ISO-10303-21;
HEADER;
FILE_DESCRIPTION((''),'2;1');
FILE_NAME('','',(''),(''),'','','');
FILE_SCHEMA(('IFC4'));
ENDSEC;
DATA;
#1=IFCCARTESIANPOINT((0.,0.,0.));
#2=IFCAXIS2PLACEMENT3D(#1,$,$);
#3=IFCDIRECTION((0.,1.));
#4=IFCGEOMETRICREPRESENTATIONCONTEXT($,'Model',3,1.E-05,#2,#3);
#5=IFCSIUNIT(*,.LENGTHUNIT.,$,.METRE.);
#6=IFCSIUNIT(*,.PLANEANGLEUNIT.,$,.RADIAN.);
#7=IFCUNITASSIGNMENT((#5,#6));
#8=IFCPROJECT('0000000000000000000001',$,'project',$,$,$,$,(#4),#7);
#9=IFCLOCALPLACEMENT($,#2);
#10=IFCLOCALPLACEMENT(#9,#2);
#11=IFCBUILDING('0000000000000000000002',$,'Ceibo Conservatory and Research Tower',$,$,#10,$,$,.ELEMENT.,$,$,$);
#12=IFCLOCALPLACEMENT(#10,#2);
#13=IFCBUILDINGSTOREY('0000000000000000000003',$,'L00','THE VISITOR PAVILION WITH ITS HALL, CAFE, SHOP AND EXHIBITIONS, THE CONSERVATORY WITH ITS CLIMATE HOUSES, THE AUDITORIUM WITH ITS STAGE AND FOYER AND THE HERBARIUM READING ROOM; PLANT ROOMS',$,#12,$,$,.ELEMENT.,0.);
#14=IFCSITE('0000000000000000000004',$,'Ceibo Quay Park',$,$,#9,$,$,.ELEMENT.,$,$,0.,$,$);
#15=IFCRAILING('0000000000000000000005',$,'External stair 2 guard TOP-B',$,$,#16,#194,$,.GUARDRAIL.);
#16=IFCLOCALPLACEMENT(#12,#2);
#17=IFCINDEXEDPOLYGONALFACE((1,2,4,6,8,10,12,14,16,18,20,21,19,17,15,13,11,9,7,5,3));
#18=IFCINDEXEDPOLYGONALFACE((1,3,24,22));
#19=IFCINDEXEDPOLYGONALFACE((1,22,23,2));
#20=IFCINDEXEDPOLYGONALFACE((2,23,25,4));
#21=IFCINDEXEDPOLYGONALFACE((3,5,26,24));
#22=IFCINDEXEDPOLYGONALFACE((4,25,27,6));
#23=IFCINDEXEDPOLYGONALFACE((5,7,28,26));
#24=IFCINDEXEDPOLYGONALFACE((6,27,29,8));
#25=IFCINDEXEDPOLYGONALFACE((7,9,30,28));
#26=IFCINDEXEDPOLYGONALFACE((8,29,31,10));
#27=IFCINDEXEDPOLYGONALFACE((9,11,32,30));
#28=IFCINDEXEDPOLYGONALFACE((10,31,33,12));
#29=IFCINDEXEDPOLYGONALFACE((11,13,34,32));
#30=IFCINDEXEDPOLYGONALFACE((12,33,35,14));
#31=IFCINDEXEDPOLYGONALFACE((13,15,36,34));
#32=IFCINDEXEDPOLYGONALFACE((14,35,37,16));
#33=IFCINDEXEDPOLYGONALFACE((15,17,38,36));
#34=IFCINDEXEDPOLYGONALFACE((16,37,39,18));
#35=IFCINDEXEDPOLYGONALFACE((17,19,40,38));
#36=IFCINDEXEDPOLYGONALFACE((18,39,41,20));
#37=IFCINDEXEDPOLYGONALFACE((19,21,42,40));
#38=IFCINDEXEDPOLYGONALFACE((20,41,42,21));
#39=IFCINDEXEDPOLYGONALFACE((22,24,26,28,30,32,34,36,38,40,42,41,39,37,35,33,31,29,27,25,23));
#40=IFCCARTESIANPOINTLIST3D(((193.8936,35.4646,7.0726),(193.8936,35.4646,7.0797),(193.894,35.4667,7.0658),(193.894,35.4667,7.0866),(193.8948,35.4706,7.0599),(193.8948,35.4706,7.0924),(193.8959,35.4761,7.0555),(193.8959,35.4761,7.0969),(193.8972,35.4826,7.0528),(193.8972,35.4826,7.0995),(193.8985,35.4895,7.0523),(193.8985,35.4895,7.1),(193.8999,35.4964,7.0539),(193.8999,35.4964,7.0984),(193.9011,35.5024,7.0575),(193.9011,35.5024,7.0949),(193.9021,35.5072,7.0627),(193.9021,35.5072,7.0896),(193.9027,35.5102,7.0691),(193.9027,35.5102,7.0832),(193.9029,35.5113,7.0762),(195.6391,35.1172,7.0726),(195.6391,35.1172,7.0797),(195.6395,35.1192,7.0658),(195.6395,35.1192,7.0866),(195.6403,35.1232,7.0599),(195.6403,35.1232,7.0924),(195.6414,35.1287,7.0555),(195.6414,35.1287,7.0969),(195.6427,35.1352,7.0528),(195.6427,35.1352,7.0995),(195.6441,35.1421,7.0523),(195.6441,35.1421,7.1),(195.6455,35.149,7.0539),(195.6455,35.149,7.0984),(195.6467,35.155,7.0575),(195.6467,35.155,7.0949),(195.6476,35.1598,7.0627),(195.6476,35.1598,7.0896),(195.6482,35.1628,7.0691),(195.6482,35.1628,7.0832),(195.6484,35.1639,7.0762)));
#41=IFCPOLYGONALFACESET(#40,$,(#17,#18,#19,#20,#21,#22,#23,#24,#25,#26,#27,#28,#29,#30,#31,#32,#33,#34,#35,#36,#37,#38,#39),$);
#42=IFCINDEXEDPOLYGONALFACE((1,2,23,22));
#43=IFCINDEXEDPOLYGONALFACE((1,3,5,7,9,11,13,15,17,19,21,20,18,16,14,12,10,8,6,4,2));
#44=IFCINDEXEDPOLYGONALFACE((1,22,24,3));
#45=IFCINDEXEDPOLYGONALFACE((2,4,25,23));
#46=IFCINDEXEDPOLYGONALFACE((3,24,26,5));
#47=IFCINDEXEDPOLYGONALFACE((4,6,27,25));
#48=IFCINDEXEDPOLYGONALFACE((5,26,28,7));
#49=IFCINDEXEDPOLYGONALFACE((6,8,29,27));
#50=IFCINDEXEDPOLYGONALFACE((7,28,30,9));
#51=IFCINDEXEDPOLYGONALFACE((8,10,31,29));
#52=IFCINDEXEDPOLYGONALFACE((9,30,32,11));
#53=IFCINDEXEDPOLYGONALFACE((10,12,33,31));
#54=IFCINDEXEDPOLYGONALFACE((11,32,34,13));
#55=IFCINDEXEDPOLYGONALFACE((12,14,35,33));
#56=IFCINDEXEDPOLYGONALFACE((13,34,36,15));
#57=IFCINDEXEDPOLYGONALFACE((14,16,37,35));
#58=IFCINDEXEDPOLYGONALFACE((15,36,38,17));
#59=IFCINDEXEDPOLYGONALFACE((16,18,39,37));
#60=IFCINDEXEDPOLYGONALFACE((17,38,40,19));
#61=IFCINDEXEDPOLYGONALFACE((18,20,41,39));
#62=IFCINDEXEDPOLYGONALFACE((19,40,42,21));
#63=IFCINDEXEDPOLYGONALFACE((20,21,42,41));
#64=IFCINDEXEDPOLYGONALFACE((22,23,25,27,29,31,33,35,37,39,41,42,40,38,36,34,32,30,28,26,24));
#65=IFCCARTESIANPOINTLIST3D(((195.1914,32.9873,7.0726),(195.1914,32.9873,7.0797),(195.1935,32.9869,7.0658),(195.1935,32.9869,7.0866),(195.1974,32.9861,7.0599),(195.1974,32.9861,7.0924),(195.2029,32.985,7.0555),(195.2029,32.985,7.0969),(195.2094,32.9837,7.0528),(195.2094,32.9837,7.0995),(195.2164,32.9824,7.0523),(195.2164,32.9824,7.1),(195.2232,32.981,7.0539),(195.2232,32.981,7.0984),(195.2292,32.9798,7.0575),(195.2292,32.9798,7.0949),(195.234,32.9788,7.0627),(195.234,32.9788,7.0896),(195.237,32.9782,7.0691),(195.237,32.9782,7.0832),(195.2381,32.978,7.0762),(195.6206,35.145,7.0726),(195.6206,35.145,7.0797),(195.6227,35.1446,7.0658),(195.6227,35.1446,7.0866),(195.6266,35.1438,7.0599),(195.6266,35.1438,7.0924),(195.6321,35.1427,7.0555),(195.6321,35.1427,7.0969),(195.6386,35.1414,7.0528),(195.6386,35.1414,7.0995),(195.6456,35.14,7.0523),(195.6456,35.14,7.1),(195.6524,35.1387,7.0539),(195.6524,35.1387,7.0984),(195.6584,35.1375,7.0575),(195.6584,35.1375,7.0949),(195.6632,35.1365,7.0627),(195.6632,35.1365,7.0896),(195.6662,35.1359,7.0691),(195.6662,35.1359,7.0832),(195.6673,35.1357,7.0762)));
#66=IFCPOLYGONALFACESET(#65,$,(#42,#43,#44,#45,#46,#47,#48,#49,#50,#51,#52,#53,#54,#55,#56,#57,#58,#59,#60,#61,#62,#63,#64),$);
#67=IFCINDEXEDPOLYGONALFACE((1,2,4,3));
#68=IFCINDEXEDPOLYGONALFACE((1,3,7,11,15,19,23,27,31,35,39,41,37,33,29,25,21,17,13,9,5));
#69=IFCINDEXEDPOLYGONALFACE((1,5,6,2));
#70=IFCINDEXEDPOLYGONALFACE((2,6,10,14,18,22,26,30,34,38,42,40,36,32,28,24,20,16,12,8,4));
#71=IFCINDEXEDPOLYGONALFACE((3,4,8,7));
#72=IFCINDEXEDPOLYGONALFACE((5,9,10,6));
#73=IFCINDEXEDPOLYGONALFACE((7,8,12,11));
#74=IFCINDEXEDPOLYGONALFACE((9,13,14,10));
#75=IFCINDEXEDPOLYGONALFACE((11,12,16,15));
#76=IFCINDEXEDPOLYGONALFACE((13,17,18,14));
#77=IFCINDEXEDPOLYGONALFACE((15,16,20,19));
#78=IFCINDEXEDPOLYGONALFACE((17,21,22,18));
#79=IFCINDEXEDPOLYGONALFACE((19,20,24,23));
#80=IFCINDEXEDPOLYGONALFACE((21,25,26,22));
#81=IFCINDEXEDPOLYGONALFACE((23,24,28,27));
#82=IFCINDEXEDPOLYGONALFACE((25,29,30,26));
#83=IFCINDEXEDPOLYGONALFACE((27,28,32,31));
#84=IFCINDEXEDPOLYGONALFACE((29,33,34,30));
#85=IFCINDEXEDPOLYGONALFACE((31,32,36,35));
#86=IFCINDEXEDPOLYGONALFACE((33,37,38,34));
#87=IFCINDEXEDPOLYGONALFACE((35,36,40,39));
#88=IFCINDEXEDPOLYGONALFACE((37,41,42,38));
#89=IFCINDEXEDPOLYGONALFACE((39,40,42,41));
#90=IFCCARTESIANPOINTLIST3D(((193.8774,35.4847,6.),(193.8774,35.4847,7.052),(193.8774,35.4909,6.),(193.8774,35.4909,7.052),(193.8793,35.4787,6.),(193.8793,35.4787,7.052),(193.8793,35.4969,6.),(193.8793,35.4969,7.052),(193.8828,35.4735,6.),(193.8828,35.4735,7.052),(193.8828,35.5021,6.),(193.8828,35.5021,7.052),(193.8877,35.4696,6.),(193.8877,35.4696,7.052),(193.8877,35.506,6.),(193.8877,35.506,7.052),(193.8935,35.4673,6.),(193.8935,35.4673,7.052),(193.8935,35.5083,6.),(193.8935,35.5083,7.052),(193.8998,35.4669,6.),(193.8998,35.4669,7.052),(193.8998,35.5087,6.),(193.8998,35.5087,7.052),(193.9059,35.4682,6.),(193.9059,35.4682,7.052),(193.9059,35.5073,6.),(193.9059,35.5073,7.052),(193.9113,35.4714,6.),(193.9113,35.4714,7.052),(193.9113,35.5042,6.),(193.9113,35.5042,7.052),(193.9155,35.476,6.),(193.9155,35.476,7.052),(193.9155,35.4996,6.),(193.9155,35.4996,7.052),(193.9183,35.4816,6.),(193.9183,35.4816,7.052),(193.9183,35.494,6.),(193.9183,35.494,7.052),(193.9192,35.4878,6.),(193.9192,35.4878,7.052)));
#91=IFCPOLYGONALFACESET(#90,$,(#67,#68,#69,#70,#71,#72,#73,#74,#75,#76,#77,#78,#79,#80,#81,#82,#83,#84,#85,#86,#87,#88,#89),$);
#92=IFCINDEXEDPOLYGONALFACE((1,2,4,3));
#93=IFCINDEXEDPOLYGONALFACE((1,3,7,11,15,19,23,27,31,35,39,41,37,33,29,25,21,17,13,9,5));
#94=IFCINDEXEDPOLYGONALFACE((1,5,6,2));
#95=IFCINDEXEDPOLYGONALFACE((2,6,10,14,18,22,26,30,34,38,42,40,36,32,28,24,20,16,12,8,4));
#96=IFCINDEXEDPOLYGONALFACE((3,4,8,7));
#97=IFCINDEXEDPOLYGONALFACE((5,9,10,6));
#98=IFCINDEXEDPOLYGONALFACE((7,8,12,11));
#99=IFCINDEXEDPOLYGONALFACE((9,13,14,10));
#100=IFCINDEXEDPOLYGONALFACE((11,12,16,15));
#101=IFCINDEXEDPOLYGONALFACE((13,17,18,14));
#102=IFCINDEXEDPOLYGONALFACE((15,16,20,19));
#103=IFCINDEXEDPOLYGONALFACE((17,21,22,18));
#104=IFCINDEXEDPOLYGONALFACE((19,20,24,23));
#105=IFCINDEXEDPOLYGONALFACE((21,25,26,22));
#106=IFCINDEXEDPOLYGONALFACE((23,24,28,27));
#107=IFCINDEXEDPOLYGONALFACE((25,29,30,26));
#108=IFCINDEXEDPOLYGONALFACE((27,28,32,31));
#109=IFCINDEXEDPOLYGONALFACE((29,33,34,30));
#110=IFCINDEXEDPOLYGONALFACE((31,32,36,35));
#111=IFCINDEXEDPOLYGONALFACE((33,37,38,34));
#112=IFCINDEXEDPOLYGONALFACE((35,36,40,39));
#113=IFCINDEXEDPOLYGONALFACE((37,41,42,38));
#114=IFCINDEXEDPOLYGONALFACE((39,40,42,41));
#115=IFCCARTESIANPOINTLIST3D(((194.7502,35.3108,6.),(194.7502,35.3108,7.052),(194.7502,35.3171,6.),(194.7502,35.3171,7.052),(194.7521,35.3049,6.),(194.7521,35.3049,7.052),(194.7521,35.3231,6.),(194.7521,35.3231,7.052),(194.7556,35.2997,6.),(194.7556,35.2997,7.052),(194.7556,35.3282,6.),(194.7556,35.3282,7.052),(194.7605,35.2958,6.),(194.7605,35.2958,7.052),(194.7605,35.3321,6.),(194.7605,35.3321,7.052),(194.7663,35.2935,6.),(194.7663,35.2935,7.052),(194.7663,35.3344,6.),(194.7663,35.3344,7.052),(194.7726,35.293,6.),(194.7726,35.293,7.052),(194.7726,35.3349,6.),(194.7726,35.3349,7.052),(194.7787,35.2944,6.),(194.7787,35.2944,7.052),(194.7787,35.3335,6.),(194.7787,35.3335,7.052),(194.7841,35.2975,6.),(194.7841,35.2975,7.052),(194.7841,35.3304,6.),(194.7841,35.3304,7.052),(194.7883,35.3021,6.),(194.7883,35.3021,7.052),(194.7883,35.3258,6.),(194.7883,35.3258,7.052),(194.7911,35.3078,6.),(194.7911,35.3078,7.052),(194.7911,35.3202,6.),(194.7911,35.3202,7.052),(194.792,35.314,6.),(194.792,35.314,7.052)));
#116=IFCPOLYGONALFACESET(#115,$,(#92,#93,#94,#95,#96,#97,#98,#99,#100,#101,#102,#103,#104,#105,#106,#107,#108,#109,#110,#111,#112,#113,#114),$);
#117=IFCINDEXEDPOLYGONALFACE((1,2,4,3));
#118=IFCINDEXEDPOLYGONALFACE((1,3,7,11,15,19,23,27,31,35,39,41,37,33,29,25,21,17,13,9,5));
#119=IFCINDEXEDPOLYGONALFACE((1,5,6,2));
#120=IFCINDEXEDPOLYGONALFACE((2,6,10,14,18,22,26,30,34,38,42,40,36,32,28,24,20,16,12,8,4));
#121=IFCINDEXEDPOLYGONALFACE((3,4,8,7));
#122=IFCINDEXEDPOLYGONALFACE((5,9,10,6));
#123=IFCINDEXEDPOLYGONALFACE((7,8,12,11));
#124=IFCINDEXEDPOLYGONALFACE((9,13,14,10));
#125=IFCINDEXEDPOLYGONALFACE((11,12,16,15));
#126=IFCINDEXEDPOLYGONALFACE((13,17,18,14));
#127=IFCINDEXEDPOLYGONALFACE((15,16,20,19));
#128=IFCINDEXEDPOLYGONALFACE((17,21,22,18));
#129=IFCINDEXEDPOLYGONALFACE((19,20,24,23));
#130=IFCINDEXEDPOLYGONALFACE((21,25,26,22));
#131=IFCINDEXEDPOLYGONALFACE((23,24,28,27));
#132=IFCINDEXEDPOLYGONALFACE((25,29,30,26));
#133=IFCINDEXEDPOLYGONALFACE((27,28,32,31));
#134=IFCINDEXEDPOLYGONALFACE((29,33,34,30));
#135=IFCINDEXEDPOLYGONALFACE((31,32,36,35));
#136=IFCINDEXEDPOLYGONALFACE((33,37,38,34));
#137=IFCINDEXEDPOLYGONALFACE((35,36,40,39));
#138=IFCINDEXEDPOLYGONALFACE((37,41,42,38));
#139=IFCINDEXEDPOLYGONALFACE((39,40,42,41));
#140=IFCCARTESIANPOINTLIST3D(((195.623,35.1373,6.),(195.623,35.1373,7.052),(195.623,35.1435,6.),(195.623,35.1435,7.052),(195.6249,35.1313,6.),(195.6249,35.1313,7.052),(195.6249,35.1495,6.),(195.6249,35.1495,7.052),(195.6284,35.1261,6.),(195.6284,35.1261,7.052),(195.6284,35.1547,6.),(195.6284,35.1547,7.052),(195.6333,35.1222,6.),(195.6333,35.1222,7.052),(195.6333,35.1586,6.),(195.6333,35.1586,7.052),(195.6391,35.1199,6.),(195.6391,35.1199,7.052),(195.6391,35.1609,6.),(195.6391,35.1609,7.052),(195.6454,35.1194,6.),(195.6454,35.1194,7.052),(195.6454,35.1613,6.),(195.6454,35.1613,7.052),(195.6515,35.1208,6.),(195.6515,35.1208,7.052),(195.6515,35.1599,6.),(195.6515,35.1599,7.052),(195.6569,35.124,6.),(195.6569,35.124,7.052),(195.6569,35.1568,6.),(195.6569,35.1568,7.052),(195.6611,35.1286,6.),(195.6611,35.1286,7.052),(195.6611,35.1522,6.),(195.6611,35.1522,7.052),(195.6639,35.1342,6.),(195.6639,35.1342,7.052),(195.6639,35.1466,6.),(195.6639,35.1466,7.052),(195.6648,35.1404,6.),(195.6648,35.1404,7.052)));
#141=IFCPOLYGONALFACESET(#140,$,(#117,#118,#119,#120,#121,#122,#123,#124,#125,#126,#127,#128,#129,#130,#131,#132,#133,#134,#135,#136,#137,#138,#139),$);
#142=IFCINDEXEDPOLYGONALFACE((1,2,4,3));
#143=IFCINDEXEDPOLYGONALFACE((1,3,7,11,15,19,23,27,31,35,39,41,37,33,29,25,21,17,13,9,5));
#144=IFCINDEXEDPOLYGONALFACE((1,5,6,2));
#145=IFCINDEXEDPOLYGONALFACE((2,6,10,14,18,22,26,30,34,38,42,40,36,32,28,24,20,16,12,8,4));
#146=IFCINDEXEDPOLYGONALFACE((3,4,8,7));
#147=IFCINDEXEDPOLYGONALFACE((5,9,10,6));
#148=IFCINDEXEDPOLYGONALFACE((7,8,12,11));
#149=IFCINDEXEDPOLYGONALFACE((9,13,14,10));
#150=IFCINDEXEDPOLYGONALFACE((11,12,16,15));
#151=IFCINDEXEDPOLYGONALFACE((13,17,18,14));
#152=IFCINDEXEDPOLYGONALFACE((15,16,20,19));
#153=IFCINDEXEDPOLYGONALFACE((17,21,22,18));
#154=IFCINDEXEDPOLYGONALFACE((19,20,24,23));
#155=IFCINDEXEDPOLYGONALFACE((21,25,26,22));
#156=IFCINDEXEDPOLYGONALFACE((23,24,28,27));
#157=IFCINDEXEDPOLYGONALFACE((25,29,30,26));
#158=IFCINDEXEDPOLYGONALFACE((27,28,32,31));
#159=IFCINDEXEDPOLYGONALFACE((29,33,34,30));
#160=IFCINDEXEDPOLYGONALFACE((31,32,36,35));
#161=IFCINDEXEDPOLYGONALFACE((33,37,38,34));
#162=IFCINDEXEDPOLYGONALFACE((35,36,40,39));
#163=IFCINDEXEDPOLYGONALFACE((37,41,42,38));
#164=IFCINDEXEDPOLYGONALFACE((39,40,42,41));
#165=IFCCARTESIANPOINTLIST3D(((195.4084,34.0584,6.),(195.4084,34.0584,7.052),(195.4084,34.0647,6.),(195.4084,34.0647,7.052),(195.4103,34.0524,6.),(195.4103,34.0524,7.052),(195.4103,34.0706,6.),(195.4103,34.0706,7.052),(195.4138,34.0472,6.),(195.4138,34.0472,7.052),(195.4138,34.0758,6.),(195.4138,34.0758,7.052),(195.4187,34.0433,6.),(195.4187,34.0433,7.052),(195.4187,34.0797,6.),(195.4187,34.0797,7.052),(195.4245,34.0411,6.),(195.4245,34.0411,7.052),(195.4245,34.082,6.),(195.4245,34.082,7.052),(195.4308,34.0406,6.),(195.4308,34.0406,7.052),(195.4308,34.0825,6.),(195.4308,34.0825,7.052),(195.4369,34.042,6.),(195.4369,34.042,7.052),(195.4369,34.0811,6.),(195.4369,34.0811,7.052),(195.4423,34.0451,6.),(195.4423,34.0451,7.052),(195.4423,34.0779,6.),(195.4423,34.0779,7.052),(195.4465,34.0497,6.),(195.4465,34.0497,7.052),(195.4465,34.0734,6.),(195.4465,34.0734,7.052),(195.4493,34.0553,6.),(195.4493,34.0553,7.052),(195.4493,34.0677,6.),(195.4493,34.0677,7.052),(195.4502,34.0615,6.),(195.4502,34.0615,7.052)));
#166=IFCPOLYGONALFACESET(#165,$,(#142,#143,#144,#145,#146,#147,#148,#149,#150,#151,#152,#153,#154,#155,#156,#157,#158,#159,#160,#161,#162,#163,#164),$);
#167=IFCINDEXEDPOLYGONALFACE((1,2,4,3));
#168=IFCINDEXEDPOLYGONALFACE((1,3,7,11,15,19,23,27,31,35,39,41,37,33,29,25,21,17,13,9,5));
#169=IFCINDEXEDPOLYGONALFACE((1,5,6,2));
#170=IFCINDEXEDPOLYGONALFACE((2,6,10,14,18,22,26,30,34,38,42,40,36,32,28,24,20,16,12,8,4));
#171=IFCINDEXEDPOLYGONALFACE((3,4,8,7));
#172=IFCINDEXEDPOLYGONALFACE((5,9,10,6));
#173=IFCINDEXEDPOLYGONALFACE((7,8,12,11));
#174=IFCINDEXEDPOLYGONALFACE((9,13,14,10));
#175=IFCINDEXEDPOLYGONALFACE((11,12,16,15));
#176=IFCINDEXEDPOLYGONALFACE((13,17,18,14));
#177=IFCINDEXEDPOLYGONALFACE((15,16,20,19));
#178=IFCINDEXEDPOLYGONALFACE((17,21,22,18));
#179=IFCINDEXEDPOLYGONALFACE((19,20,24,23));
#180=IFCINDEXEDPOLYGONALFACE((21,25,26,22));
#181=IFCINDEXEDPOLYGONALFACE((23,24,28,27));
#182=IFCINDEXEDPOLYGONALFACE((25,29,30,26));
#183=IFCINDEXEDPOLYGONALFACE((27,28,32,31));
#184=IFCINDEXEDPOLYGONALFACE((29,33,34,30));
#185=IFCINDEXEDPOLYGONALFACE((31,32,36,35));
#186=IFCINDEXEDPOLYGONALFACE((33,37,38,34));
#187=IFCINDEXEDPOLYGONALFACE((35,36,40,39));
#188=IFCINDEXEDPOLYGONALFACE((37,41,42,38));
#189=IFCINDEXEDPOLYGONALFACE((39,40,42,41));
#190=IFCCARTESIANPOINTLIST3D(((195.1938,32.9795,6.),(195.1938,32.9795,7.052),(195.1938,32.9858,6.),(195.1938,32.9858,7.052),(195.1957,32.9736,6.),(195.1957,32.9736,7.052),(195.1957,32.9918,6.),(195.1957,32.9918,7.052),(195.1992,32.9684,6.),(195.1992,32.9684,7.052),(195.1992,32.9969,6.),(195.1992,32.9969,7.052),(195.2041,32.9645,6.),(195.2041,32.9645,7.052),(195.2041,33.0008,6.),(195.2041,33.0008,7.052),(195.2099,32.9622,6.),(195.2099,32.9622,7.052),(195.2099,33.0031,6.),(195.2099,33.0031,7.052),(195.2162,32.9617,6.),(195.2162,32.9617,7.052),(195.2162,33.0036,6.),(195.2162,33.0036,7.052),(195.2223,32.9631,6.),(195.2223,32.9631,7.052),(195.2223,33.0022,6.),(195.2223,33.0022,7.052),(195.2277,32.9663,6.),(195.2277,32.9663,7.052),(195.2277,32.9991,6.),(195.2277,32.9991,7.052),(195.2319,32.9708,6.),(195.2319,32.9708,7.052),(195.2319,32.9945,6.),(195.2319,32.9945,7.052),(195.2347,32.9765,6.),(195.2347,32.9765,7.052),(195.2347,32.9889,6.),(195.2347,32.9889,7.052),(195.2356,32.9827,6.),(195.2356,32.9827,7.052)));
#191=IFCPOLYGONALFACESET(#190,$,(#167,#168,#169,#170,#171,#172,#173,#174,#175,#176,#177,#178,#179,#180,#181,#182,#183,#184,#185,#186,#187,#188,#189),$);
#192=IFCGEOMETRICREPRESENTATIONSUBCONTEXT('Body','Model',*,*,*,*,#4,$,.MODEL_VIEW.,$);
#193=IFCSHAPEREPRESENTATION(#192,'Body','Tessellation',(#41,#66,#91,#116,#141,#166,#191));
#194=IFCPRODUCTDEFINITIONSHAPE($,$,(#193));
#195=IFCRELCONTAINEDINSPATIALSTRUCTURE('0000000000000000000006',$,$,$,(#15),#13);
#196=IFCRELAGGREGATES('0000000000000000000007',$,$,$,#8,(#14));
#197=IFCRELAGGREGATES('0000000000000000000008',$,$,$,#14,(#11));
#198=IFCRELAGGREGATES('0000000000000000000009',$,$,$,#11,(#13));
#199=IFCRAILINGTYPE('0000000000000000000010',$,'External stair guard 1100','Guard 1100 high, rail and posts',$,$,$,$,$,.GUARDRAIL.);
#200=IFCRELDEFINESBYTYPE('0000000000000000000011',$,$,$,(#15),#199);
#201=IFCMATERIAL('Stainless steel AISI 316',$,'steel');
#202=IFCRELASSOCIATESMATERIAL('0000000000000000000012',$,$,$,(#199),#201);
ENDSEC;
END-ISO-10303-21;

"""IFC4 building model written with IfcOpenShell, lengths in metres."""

from ifc_helpers import new_model, si_unit, direction, frame, origin, origin_2d, place, context, subcontext, project, spatial, circle, extrude, material, type_object, element, save


model = new_model("IFC4")

# Units and contexts
model_context = context("Model", 3, precision=1e-05, world=origin(), true_north=direction((0.0, 1.0)))
body_context = subcontext(model_context, "Body", "Model", "MODEL_VIEW")
ifc_project = project(units=[si_unit("LENGTHUNIT", "METRE"), si_unit("PLANEANGLEUNIT", "RADIAN")], contexts=[model_context])

# Site, building, storey
site_placement = place(None, origin())
site = spatial("IfcSite", under=ifc_project, at=site_placement, Name="Ceibo Quay Park", CompositionType="ELEMENT", RefElevation=0.0)
building_placement = place(site_placement, origin())
building = spatial("IfcBuilding", under=site, at=building_placement, Name="Ceibo Conservatory and Research Tower", CompositionType="ELEMENT")
storey_placement = place(building_placement, origin())
storey = spatial("IfcBuildingStorey", under=building, at=storey_placement, Name="L00", Description="THE VISITOR PAVILION WITH ITS HALL, CAFE, SHOP AND EXHIBITIONS, THE CONSERVATORY WITH ITS CLIMATE HOUSES, THE AUDITORIUM WITH ITS STAGE AND FOYER AND THE HERBARIUM READING ROOM; PLANT ROOMS", CompositionType="ELEMENT", Elevation=0.0)

# Railing
ifc_material_1 = material(Name="Stainless steel AISI 316", Category="steel")
railing_type = type_object("IfcRailingType", Name="External stair guard 1100", Description="Guard 1100 high, rail and posts", PredefinedType="GUARDRAIL", material=ifc_material_1)
railing_placement = place(storey_placement, frame((193.8982, 35.4878, 6.0)))
element("IfcRailing", 1, at=railing_placement, inside=storey, type_object=railing_type, Name="External stair 2 guard TOP-B", PredefinedType="GUARDRAIL", context=body_context, shape_type="SweptSolid", body=[
    extrude(circle(Radius=0.0239, at=origin_2d()), frame((0.0, 0.0, 1.0762), z_axis=(0.980765, -0.195193, 0.0), x_axis=(0.195193, 0.980765, 0.0)), (0.0, 0.0, 1.0), 1.7798),
    extrude(circle(Radius=0.0239, at=origin_2d()), frame((1.7456, -0.3474, 1.0762), z_axis=(-0.195092, -0.980785, 0.0), x_axis=(0.980785, -0.195092, 0.0)), (0.0, 0.0, 1.0), 2.2),
    extrude(circle(Radius=0.021, at=origin_2d()), origin(), (0.0, 0.0, 1.0), 1.052),
    extrude(circle(Radius=0.021, at=origin_2d()), frame((0.8728, -0.1738, 0.0)), (0.0, 0.0, 1.0), 1.052),
    extrude(circle(Radius=0.021, at=origin_2d()), frame((1.7456, -0.3474, 0.0)), (0.0, 0.0, 1.0), 1.052),
    extrude(circle(Radius=0.021, at=origin_2d()), frame((1.531, -1.4263, 0.0)), (0.0, 0.0, 1.0), 1.052),
    extrude(circle(Radius=0.021, at=origin_2d()), frame((1.3164, -2.5051, 0.0)), (0.0, 0.0, 1.0), 1.052),
])

save(model, "model.ifc")
